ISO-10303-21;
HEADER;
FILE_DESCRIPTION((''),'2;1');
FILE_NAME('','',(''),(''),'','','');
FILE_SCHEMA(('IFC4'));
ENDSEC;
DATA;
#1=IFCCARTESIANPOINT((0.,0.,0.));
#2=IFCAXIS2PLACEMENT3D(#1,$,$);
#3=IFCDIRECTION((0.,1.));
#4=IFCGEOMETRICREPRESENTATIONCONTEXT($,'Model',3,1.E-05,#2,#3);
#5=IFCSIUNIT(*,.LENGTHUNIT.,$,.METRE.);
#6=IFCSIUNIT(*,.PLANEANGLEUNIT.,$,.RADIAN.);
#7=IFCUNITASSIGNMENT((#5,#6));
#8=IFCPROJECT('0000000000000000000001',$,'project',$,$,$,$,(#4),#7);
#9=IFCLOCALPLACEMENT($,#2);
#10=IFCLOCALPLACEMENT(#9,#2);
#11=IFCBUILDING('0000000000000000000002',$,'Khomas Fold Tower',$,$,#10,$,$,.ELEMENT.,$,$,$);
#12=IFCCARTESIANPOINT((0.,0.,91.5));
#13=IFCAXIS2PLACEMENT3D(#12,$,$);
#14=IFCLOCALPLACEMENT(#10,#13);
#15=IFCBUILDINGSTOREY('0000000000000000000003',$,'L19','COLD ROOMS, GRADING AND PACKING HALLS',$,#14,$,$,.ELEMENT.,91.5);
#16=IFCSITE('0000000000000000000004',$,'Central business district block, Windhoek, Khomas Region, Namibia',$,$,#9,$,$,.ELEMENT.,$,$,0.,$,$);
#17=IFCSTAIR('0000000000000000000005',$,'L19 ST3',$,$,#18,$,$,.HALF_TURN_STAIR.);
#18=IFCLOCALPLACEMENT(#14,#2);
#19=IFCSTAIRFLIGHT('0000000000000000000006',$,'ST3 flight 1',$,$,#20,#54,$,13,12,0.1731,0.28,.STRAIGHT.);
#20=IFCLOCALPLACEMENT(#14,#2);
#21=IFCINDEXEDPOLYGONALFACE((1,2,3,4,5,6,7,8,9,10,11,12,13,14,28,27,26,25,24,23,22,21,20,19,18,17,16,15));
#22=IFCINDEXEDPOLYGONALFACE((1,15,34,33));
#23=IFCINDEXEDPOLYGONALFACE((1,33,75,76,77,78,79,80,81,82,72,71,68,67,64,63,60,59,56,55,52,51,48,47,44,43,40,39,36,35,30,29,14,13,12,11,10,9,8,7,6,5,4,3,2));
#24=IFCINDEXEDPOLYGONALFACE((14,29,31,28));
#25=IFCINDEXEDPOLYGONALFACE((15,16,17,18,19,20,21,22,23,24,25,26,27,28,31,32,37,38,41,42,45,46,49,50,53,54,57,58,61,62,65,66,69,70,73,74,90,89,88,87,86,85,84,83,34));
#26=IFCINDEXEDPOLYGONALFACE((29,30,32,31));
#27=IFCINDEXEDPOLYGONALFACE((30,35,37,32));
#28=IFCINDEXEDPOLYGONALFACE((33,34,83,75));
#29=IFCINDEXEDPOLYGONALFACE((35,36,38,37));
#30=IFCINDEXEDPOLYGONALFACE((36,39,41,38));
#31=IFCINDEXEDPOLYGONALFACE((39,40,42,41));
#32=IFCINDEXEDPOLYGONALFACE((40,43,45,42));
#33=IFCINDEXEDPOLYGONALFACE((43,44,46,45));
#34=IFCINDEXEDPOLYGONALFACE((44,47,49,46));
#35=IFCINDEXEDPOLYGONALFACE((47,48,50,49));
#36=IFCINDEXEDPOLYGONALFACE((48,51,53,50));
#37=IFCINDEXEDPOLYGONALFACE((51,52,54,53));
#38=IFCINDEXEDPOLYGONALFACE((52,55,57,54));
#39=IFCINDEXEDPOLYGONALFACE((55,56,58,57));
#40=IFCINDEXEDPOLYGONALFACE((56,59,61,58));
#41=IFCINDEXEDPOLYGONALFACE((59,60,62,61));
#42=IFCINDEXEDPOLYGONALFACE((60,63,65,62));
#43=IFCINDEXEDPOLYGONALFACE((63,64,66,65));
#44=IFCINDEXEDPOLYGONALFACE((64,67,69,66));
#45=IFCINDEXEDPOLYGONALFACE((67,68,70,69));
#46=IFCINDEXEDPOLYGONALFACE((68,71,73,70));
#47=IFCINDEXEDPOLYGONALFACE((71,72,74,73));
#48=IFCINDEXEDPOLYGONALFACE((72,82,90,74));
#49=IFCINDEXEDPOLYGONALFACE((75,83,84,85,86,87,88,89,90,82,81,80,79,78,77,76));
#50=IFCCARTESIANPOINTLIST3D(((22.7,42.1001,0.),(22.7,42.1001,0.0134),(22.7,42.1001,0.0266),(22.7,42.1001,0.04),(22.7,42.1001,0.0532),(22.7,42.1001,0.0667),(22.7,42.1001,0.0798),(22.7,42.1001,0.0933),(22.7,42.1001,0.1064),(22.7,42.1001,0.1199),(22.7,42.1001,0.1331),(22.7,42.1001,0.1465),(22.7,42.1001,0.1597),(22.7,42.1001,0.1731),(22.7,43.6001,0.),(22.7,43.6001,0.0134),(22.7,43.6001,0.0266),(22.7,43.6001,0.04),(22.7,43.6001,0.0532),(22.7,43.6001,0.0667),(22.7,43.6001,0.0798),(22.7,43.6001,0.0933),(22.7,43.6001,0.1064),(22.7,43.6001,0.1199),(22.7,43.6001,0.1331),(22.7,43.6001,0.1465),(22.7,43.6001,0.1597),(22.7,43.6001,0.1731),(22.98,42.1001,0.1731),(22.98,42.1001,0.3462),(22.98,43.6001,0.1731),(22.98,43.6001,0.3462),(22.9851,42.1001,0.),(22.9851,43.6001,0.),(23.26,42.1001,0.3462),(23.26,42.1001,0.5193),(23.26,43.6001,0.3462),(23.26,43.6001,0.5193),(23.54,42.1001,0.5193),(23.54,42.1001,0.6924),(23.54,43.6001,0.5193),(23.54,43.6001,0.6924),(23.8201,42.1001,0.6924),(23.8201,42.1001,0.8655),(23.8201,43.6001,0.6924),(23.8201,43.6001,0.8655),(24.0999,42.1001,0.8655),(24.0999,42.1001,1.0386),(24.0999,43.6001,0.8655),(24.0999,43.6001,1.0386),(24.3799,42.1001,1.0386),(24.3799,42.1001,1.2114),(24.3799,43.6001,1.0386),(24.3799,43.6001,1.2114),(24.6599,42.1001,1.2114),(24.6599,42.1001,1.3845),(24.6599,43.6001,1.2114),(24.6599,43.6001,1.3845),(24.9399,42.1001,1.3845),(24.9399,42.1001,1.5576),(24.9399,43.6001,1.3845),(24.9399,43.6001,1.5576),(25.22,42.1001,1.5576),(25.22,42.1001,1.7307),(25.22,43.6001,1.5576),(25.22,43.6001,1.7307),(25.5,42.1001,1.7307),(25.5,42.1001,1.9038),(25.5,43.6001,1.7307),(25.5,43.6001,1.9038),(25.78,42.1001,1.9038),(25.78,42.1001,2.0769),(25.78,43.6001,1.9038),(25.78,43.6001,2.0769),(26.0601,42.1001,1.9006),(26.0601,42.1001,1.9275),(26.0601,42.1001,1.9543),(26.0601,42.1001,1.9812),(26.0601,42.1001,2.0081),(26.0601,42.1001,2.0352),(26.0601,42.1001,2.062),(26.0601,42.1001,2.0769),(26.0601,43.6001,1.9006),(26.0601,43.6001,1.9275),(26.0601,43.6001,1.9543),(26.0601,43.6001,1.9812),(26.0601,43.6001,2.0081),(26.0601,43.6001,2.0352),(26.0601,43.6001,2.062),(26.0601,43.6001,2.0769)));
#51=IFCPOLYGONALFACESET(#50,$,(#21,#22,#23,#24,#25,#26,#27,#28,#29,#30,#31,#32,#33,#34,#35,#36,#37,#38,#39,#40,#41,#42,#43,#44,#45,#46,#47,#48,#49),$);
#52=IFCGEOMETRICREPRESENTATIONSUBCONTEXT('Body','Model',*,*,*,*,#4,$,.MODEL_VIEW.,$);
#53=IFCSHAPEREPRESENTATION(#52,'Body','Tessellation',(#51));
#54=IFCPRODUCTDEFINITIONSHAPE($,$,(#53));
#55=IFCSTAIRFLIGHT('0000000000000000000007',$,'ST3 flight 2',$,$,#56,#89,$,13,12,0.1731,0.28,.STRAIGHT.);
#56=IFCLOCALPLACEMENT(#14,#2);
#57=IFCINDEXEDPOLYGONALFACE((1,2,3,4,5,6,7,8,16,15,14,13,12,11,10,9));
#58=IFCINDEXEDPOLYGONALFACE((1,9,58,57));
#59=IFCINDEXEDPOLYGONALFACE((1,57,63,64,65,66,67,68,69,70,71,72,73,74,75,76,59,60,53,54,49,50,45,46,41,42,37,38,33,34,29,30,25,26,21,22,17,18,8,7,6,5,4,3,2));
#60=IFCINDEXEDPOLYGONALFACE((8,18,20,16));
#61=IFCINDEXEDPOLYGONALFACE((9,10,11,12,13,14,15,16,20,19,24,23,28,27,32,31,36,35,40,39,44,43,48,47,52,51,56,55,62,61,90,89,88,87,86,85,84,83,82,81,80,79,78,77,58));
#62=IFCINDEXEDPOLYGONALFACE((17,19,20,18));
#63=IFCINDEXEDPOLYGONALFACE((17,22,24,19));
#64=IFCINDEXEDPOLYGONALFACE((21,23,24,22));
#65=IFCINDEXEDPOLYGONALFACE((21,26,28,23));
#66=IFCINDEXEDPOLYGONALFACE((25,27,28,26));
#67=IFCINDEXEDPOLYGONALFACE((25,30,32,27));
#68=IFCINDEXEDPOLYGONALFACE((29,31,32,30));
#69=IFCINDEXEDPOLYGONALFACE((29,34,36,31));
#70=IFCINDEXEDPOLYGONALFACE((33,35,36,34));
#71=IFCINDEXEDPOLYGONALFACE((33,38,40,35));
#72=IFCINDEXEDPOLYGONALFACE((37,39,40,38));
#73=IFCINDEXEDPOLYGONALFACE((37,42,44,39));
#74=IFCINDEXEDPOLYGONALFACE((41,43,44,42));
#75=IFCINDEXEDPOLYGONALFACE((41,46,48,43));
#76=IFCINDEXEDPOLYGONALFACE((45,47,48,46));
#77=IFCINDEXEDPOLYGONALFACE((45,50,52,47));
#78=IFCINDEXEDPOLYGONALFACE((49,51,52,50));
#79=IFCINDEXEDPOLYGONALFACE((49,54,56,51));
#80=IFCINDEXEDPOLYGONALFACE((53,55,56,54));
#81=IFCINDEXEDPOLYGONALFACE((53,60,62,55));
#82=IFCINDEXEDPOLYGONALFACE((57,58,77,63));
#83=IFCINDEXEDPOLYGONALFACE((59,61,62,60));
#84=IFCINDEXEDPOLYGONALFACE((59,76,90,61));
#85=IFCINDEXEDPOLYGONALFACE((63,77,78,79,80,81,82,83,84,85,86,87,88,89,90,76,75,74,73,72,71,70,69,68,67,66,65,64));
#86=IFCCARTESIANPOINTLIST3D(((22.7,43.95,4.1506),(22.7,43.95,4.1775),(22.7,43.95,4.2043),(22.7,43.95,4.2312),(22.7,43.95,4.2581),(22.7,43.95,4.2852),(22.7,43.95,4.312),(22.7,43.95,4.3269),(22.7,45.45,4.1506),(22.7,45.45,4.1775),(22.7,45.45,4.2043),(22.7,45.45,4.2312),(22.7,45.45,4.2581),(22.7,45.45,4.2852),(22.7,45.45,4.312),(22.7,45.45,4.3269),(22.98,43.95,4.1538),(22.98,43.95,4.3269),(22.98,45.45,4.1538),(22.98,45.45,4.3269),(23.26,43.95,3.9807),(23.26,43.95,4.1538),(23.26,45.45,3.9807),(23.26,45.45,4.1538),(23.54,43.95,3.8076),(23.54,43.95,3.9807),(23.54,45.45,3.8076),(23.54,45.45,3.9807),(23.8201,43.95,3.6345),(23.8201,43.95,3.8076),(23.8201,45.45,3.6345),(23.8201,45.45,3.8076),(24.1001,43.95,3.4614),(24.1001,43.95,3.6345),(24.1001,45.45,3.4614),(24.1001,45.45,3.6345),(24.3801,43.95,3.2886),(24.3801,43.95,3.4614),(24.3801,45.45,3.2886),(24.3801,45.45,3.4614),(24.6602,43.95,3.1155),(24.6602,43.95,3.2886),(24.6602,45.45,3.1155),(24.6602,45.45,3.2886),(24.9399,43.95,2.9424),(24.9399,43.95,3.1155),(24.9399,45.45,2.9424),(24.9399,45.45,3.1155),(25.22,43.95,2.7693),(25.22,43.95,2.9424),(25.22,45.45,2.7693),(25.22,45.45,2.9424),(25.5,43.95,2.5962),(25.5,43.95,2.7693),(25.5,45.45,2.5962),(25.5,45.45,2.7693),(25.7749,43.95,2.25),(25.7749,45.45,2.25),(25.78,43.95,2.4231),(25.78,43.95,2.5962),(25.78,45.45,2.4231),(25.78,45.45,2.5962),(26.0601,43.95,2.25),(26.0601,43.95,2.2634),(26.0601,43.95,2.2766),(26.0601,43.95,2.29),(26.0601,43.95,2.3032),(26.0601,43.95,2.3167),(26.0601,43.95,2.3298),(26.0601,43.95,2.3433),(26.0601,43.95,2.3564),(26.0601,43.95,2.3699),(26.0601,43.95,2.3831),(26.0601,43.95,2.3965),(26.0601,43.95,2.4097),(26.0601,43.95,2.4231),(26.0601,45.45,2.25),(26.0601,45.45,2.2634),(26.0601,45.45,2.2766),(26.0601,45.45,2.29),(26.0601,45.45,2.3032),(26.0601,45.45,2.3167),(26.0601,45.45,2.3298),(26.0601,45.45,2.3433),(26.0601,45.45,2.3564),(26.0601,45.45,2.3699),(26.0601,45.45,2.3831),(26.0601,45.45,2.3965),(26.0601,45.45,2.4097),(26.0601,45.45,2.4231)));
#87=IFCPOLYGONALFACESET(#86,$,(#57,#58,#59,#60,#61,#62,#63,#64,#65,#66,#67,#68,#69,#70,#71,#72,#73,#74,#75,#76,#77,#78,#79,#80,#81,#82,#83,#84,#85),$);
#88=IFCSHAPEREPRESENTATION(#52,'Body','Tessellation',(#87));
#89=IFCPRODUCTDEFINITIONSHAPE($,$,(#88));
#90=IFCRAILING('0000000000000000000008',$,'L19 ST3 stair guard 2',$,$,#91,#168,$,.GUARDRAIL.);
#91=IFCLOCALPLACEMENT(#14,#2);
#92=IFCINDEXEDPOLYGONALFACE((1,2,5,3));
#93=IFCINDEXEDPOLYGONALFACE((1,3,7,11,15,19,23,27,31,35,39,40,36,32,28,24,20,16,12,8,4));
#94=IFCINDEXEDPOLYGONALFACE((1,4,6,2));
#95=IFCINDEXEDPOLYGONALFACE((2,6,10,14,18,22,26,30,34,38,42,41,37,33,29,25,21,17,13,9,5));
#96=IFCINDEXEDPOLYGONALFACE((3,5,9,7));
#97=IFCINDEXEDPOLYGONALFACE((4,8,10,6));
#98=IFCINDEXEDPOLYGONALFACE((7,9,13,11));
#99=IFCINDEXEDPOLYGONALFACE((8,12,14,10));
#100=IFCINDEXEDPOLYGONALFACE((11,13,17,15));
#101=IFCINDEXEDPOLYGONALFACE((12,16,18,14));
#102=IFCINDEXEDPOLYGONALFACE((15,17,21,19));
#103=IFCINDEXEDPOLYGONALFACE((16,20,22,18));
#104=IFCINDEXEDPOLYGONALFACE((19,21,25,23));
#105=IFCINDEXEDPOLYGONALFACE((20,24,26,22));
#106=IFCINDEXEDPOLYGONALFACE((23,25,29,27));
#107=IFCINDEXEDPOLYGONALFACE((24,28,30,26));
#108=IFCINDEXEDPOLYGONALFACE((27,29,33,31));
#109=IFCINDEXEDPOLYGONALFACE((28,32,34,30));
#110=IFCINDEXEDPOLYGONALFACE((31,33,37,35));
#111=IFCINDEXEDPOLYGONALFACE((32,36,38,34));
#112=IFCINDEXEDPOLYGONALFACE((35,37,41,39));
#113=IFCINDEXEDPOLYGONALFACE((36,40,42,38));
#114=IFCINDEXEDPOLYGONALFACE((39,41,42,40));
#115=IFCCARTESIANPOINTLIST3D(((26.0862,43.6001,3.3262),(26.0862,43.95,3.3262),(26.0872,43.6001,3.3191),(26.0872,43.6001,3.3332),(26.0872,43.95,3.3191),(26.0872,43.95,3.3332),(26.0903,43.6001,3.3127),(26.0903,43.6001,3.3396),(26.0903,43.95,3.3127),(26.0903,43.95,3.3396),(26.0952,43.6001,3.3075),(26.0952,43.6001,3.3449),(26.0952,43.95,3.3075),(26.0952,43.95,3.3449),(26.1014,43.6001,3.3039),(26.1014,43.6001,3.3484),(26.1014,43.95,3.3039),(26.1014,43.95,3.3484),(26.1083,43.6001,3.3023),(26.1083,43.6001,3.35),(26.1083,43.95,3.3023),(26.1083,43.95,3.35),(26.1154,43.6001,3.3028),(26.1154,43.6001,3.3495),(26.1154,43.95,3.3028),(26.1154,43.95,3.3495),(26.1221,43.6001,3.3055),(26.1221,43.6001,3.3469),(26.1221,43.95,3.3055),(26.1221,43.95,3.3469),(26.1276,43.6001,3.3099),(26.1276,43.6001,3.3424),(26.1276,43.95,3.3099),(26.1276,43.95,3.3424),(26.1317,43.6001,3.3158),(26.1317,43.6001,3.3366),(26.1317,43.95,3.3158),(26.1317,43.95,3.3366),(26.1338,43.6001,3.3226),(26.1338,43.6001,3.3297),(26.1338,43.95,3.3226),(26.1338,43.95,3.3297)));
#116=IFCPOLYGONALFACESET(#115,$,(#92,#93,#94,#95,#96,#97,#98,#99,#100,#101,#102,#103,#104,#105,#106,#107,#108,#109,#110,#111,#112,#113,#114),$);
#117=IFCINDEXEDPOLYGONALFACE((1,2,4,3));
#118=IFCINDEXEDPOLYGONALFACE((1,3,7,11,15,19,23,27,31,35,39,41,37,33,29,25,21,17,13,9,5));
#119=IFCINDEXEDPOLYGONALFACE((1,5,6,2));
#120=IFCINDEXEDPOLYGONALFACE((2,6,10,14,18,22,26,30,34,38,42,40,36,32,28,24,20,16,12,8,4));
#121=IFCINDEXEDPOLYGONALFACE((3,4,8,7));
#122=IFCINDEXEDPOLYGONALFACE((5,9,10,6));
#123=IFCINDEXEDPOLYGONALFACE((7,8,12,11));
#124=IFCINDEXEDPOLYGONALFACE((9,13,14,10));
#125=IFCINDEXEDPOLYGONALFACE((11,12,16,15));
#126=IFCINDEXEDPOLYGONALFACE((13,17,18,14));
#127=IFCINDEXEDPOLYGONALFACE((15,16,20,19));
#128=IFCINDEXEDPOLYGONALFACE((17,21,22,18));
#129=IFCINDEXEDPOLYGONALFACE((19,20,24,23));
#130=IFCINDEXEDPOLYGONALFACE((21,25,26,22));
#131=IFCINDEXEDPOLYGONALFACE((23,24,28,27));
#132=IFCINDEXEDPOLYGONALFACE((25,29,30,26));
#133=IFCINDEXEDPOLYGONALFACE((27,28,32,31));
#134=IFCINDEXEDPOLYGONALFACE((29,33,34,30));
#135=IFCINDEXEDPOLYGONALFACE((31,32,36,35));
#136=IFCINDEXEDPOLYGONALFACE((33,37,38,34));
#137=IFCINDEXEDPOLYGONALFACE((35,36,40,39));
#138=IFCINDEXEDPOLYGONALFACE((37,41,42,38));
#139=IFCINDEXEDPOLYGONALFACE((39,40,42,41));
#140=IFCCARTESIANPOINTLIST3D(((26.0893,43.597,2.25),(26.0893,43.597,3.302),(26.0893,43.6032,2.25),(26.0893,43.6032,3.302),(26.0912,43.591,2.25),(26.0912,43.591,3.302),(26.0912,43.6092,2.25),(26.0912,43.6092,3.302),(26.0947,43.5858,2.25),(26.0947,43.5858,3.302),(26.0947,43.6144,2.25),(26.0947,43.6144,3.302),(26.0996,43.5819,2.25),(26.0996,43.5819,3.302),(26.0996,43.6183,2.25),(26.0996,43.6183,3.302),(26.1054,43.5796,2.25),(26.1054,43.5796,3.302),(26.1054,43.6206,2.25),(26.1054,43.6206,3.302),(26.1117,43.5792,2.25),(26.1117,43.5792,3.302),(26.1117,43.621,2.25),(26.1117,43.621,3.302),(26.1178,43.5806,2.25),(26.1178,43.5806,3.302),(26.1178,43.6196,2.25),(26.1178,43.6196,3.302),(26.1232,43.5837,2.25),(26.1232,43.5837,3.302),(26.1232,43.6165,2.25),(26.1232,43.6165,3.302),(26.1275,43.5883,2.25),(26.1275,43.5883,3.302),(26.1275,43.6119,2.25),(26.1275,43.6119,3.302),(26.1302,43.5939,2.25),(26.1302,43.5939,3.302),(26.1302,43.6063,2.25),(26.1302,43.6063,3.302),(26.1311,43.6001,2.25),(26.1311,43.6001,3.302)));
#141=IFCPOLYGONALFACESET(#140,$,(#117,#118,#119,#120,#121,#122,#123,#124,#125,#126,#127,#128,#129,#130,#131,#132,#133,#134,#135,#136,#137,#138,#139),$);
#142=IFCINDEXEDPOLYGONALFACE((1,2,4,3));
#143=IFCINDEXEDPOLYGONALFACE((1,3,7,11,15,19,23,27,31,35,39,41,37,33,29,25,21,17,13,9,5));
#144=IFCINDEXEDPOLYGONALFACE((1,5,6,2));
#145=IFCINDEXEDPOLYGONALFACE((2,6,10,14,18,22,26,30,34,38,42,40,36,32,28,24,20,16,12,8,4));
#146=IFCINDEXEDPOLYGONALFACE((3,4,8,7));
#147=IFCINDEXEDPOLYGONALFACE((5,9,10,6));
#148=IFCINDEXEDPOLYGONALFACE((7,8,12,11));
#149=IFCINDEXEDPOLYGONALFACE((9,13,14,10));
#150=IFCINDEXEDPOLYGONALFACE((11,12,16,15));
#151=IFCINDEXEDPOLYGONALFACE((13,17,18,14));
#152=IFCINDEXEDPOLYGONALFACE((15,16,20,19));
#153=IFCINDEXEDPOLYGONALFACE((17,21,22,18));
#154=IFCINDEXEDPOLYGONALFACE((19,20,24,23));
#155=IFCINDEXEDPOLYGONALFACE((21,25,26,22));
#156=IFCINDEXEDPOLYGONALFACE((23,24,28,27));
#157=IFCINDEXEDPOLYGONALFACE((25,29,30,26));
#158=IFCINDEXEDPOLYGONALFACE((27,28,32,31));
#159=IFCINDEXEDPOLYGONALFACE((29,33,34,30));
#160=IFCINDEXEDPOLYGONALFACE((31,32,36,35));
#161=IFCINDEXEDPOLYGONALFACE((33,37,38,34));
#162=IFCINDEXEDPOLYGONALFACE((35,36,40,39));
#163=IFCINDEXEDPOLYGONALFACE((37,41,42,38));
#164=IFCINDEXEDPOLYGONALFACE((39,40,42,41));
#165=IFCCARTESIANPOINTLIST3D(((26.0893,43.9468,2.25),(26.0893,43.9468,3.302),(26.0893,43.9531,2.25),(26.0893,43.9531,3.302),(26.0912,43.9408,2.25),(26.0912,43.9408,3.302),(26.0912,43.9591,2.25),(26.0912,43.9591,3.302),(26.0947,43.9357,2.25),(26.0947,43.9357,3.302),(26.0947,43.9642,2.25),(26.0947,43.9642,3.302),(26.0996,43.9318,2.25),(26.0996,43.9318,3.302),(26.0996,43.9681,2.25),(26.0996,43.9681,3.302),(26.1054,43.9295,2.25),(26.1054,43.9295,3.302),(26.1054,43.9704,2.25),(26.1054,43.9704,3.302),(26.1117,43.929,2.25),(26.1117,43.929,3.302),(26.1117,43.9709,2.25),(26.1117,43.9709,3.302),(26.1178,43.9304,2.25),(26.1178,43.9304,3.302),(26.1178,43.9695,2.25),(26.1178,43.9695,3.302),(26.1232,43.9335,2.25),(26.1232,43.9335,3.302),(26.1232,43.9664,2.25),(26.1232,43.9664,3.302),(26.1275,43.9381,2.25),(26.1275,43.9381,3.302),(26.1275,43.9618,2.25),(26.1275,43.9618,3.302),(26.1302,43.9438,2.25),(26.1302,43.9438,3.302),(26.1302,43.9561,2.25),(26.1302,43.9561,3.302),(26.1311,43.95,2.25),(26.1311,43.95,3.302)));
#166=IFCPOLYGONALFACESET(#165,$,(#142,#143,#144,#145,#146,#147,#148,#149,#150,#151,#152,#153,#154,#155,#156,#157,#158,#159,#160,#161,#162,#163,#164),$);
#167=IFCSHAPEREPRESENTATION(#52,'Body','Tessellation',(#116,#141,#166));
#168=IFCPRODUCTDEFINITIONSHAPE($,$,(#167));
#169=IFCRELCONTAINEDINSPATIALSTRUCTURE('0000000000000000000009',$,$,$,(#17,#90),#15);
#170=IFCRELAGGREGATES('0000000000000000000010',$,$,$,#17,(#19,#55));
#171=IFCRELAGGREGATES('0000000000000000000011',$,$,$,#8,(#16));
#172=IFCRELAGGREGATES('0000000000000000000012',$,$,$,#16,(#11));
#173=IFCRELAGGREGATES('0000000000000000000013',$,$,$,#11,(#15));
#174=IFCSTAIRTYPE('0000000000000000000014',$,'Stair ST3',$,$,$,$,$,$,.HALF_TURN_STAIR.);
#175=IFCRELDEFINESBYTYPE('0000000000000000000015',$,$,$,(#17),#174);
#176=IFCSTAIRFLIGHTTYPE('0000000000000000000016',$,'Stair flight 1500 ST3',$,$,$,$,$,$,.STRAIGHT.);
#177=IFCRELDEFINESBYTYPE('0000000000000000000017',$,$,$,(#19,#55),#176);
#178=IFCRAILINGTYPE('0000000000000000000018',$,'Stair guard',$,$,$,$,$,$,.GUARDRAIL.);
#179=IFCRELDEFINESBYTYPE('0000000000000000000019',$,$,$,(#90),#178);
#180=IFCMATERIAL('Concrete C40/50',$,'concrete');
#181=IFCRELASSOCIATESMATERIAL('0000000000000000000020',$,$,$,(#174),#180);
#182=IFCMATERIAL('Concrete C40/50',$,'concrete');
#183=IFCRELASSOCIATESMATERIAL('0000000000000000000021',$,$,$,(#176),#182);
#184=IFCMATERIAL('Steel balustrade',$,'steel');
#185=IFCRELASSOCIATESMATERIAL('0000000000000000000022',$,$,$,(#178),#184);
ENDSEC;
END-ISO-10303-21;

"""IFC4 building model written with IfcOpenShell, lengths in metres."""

from ifc_helpers import new_model, si_unit, direction, frame, origin, origin_2d, place, context, subcontext, project, spatial, polyline, circle, outline, extrude, source, transform, mapped, material, type_object, element, aggregate, save


model = new_model("IFC4")

# Units and contexts
model_context = context("Model", 3, precision=1e-05, world=origin(), true_north=direction((0.0, 1.0)))
body_context = subcontext(model_context, "Body", "Model", "MODEL_VIEW")
ifc_project = project(units=[si_unit("LENGTHUNIT", "METRE"), si_unit("PLANEANGLEUNIT", "RADIAN")], contexts=[model_context])

# Site, building, storey
site_placement = place(None, origin())
site = spatial("IfcSite", under=ifc_project, at=site_placement, Name="Central business district block, Windhoek, Khomas Region, Namibia", CompositionType="ELEMENT", RefElevation=0.0)
building_placement = place(site_placement, origin())
building = spatial("IfcBuilding", under=site, at=building_placement, Name="Khomas Fold Tower", CompositionType="ELEMENT")
storey_placement = place(building_placement, frame((0.0, 0.0, 91.5)))
storey = spatial("IfcBuildingStorey", under=building, at=storey_placement, Name="L19", Description="COLD ROOMS, GRADING AND PACKING HALLS", CompositionType="ELEMENT", Elevation=91.5)

# Stair, stair flights
ifc_material_1 = material(Name="Concrete C40/50", Category="concrete")
stair_type = type_object("IfcStairType", Name="Stair ST3", PredefinedType="HALF_TURN_STAIR", material=ifc_material_1)
stair_placement = place(storey_placement, origin())
stair = element("IfcStair", 1, at=stair_placement, inside=storey, type_object=stair_type, Name="L19 ST3", PredefinedType="HALF_TURN_STAIR")
ifc_material_2 = material(Name="Concrete C40/50", Category="concrete")
stair_flight_type = type_object("IfcStairFlightType", Name="Stair flight 1500 ST3", PredefinedType="STRAIGHT", material=ifc_material_2)
shared_shape_1 = source(origin(), body_context, "Body", "SweptSolid", [
    extrude(outline(polyline([(0.0, 0.0), (0.0, 0.0134), (0.0, 0.0266), (0.0, 0.04), (0.0, 0.0532), (0.0, 0.0667), (0.0, 0.0798), (0.0, 0.0933), (0.0, 0.1064), (0.0, 0.1199), (0.0, 0.1331), (0.0, 0.1465), (0.0, 0.1597), (0.0, 0.1731), (0.28, 0.1731), (0.28, 0.3462), (0.5601, 0.3462), (0.5601, 0.5193), (0.8401, 0.5193), (0.8401, 0.6924), (1.1201, 0.6924), (1.1201, 0.8655), (1.3999, 0.8655), (1.3999, 1.0386), (1.6799, 1.0386), (1.6799, 1.2114), (1.96, 1.2114), (1.96, 1.3845), (2.24, 1.3845), (2.24, 1.5576), (2.52, 1.5576), (2.52, 1.7307), (2.8, 1.7307), (2.8, 1.9038), (3.0801, 1.9038), (3.0801, 2.0769), (3.3601, 2.0769), (3.3601, 2.25), (3.3601, 2.2231), (3.3601, 2.1963), (3.3601, 2.1694), (3.3601, 2.1426), (3.3601, 2.1157), (3.3601, 2.0889), (3.3601, 2.062), (3.3601, 2.0352), (3.3601, 2.0081), (3.3601, 1.9812), (3.3601, 1.9543), (3.3601, 1.9275), (3.3601, 1.9006), (0.2852, 0.0), (0.0, 0.0)])), frame((0.0, 0.75, 0.0), z_axis=(0.0, -1.0, 0.0), x_axis=(1.0, 0.0, 0.0)), (0.0, 0.0, 1.0), 1.5),
])
stair_flight_1_placement = place(storey_placement, frame((22.7, 42.8501, 0.0), z_axis=(0.0, 0.0, 1.0), x_axis=(1.0, 0.0, 0.0)))
stair_flight_1 = element("IfcStairFlight", 2, at=stair_flight_1_placement, type_object=stair_flight_type, Name="ST3 flight 1", NumberOfRisers=13, NumberOfTreads=12, PredefinedType="STRAIGHT", RiserHeight=0.1731, TreadLength=0.28, context=body_context, shape_type="MappedRepresentation", body=[
    mapped(shared_shape_1, transform((0.0, 0.0, 0.0))),
])
stair_flight_2_placement = place(storey_placement, frame((26.0601, 44.7, 2.25), z_axis=(0.0, 0.0, 1.0), x_axis=(-1.0, 0.0, 0.0)))
stair_flight_2 = element("IfcStairFlight", 3, at=stair_flight_2_placement, type_object=stair_flight_type, Name="ST3 flight 2", NumberOfRisers=13, NumberOfTreads=12, PredefinedType="STRAIGHT", RiserHeight=0.1731, TreadLength=0.28, context=body_context, shape_type="MappedRepresentation", body=[
    mapped(shared_shape_1, transform((0.0, 0.0, 0.0))),
])
aggregate(stair, [stair_flight_1, stair_flight_2])

# Railing
ifc_material_3 = material(Name="Steel balustrade", Category="steel")
railing_type_1 = type_object("IfcRailingType", Name="Stair guard", PredefinedType="GUARDRAIL", material=ifc_material_3)
shared_shape_2 = source(origin(), body_context, "Body", "SweptSolid", [
    extrude(circle(Radius=0.0239, at=origin_2d()), frame((0.0, 0.0, 1.0762), z_axis=(0.0, 1.0, 0.0), x_axis=(-1.0, 0.0, 0.0)), (0.0, 0.0, 1.0), 0.3499),
    extrude(circle(Radius=0.021, at=origin_2d()), origin(), (0.0, 0.0, 1.0), 1.052),
    extrude(circle(Radius=0.021, at=origin_2d()), frame((0.0, 0.3499, 0.0)), (0.0, 0.0, 1.0), 1.052),
])
railing_1_placement = place(storey_placement, frame((26.1101, 43.6001, 2.25)))
element("IfcRailing", 4, at=railing_1_placement, inside=storey, type_object=railing_type_1, Name="L19 ST3 stair guard 2", PredefinedType="GUARDRAIL", context=body_context, shape_type="MappedRepresentation", body=[
    mapped(shared_shape_2, transform((0.0, 0.0, 0.0))),
])

save(model, "model.ifc")
